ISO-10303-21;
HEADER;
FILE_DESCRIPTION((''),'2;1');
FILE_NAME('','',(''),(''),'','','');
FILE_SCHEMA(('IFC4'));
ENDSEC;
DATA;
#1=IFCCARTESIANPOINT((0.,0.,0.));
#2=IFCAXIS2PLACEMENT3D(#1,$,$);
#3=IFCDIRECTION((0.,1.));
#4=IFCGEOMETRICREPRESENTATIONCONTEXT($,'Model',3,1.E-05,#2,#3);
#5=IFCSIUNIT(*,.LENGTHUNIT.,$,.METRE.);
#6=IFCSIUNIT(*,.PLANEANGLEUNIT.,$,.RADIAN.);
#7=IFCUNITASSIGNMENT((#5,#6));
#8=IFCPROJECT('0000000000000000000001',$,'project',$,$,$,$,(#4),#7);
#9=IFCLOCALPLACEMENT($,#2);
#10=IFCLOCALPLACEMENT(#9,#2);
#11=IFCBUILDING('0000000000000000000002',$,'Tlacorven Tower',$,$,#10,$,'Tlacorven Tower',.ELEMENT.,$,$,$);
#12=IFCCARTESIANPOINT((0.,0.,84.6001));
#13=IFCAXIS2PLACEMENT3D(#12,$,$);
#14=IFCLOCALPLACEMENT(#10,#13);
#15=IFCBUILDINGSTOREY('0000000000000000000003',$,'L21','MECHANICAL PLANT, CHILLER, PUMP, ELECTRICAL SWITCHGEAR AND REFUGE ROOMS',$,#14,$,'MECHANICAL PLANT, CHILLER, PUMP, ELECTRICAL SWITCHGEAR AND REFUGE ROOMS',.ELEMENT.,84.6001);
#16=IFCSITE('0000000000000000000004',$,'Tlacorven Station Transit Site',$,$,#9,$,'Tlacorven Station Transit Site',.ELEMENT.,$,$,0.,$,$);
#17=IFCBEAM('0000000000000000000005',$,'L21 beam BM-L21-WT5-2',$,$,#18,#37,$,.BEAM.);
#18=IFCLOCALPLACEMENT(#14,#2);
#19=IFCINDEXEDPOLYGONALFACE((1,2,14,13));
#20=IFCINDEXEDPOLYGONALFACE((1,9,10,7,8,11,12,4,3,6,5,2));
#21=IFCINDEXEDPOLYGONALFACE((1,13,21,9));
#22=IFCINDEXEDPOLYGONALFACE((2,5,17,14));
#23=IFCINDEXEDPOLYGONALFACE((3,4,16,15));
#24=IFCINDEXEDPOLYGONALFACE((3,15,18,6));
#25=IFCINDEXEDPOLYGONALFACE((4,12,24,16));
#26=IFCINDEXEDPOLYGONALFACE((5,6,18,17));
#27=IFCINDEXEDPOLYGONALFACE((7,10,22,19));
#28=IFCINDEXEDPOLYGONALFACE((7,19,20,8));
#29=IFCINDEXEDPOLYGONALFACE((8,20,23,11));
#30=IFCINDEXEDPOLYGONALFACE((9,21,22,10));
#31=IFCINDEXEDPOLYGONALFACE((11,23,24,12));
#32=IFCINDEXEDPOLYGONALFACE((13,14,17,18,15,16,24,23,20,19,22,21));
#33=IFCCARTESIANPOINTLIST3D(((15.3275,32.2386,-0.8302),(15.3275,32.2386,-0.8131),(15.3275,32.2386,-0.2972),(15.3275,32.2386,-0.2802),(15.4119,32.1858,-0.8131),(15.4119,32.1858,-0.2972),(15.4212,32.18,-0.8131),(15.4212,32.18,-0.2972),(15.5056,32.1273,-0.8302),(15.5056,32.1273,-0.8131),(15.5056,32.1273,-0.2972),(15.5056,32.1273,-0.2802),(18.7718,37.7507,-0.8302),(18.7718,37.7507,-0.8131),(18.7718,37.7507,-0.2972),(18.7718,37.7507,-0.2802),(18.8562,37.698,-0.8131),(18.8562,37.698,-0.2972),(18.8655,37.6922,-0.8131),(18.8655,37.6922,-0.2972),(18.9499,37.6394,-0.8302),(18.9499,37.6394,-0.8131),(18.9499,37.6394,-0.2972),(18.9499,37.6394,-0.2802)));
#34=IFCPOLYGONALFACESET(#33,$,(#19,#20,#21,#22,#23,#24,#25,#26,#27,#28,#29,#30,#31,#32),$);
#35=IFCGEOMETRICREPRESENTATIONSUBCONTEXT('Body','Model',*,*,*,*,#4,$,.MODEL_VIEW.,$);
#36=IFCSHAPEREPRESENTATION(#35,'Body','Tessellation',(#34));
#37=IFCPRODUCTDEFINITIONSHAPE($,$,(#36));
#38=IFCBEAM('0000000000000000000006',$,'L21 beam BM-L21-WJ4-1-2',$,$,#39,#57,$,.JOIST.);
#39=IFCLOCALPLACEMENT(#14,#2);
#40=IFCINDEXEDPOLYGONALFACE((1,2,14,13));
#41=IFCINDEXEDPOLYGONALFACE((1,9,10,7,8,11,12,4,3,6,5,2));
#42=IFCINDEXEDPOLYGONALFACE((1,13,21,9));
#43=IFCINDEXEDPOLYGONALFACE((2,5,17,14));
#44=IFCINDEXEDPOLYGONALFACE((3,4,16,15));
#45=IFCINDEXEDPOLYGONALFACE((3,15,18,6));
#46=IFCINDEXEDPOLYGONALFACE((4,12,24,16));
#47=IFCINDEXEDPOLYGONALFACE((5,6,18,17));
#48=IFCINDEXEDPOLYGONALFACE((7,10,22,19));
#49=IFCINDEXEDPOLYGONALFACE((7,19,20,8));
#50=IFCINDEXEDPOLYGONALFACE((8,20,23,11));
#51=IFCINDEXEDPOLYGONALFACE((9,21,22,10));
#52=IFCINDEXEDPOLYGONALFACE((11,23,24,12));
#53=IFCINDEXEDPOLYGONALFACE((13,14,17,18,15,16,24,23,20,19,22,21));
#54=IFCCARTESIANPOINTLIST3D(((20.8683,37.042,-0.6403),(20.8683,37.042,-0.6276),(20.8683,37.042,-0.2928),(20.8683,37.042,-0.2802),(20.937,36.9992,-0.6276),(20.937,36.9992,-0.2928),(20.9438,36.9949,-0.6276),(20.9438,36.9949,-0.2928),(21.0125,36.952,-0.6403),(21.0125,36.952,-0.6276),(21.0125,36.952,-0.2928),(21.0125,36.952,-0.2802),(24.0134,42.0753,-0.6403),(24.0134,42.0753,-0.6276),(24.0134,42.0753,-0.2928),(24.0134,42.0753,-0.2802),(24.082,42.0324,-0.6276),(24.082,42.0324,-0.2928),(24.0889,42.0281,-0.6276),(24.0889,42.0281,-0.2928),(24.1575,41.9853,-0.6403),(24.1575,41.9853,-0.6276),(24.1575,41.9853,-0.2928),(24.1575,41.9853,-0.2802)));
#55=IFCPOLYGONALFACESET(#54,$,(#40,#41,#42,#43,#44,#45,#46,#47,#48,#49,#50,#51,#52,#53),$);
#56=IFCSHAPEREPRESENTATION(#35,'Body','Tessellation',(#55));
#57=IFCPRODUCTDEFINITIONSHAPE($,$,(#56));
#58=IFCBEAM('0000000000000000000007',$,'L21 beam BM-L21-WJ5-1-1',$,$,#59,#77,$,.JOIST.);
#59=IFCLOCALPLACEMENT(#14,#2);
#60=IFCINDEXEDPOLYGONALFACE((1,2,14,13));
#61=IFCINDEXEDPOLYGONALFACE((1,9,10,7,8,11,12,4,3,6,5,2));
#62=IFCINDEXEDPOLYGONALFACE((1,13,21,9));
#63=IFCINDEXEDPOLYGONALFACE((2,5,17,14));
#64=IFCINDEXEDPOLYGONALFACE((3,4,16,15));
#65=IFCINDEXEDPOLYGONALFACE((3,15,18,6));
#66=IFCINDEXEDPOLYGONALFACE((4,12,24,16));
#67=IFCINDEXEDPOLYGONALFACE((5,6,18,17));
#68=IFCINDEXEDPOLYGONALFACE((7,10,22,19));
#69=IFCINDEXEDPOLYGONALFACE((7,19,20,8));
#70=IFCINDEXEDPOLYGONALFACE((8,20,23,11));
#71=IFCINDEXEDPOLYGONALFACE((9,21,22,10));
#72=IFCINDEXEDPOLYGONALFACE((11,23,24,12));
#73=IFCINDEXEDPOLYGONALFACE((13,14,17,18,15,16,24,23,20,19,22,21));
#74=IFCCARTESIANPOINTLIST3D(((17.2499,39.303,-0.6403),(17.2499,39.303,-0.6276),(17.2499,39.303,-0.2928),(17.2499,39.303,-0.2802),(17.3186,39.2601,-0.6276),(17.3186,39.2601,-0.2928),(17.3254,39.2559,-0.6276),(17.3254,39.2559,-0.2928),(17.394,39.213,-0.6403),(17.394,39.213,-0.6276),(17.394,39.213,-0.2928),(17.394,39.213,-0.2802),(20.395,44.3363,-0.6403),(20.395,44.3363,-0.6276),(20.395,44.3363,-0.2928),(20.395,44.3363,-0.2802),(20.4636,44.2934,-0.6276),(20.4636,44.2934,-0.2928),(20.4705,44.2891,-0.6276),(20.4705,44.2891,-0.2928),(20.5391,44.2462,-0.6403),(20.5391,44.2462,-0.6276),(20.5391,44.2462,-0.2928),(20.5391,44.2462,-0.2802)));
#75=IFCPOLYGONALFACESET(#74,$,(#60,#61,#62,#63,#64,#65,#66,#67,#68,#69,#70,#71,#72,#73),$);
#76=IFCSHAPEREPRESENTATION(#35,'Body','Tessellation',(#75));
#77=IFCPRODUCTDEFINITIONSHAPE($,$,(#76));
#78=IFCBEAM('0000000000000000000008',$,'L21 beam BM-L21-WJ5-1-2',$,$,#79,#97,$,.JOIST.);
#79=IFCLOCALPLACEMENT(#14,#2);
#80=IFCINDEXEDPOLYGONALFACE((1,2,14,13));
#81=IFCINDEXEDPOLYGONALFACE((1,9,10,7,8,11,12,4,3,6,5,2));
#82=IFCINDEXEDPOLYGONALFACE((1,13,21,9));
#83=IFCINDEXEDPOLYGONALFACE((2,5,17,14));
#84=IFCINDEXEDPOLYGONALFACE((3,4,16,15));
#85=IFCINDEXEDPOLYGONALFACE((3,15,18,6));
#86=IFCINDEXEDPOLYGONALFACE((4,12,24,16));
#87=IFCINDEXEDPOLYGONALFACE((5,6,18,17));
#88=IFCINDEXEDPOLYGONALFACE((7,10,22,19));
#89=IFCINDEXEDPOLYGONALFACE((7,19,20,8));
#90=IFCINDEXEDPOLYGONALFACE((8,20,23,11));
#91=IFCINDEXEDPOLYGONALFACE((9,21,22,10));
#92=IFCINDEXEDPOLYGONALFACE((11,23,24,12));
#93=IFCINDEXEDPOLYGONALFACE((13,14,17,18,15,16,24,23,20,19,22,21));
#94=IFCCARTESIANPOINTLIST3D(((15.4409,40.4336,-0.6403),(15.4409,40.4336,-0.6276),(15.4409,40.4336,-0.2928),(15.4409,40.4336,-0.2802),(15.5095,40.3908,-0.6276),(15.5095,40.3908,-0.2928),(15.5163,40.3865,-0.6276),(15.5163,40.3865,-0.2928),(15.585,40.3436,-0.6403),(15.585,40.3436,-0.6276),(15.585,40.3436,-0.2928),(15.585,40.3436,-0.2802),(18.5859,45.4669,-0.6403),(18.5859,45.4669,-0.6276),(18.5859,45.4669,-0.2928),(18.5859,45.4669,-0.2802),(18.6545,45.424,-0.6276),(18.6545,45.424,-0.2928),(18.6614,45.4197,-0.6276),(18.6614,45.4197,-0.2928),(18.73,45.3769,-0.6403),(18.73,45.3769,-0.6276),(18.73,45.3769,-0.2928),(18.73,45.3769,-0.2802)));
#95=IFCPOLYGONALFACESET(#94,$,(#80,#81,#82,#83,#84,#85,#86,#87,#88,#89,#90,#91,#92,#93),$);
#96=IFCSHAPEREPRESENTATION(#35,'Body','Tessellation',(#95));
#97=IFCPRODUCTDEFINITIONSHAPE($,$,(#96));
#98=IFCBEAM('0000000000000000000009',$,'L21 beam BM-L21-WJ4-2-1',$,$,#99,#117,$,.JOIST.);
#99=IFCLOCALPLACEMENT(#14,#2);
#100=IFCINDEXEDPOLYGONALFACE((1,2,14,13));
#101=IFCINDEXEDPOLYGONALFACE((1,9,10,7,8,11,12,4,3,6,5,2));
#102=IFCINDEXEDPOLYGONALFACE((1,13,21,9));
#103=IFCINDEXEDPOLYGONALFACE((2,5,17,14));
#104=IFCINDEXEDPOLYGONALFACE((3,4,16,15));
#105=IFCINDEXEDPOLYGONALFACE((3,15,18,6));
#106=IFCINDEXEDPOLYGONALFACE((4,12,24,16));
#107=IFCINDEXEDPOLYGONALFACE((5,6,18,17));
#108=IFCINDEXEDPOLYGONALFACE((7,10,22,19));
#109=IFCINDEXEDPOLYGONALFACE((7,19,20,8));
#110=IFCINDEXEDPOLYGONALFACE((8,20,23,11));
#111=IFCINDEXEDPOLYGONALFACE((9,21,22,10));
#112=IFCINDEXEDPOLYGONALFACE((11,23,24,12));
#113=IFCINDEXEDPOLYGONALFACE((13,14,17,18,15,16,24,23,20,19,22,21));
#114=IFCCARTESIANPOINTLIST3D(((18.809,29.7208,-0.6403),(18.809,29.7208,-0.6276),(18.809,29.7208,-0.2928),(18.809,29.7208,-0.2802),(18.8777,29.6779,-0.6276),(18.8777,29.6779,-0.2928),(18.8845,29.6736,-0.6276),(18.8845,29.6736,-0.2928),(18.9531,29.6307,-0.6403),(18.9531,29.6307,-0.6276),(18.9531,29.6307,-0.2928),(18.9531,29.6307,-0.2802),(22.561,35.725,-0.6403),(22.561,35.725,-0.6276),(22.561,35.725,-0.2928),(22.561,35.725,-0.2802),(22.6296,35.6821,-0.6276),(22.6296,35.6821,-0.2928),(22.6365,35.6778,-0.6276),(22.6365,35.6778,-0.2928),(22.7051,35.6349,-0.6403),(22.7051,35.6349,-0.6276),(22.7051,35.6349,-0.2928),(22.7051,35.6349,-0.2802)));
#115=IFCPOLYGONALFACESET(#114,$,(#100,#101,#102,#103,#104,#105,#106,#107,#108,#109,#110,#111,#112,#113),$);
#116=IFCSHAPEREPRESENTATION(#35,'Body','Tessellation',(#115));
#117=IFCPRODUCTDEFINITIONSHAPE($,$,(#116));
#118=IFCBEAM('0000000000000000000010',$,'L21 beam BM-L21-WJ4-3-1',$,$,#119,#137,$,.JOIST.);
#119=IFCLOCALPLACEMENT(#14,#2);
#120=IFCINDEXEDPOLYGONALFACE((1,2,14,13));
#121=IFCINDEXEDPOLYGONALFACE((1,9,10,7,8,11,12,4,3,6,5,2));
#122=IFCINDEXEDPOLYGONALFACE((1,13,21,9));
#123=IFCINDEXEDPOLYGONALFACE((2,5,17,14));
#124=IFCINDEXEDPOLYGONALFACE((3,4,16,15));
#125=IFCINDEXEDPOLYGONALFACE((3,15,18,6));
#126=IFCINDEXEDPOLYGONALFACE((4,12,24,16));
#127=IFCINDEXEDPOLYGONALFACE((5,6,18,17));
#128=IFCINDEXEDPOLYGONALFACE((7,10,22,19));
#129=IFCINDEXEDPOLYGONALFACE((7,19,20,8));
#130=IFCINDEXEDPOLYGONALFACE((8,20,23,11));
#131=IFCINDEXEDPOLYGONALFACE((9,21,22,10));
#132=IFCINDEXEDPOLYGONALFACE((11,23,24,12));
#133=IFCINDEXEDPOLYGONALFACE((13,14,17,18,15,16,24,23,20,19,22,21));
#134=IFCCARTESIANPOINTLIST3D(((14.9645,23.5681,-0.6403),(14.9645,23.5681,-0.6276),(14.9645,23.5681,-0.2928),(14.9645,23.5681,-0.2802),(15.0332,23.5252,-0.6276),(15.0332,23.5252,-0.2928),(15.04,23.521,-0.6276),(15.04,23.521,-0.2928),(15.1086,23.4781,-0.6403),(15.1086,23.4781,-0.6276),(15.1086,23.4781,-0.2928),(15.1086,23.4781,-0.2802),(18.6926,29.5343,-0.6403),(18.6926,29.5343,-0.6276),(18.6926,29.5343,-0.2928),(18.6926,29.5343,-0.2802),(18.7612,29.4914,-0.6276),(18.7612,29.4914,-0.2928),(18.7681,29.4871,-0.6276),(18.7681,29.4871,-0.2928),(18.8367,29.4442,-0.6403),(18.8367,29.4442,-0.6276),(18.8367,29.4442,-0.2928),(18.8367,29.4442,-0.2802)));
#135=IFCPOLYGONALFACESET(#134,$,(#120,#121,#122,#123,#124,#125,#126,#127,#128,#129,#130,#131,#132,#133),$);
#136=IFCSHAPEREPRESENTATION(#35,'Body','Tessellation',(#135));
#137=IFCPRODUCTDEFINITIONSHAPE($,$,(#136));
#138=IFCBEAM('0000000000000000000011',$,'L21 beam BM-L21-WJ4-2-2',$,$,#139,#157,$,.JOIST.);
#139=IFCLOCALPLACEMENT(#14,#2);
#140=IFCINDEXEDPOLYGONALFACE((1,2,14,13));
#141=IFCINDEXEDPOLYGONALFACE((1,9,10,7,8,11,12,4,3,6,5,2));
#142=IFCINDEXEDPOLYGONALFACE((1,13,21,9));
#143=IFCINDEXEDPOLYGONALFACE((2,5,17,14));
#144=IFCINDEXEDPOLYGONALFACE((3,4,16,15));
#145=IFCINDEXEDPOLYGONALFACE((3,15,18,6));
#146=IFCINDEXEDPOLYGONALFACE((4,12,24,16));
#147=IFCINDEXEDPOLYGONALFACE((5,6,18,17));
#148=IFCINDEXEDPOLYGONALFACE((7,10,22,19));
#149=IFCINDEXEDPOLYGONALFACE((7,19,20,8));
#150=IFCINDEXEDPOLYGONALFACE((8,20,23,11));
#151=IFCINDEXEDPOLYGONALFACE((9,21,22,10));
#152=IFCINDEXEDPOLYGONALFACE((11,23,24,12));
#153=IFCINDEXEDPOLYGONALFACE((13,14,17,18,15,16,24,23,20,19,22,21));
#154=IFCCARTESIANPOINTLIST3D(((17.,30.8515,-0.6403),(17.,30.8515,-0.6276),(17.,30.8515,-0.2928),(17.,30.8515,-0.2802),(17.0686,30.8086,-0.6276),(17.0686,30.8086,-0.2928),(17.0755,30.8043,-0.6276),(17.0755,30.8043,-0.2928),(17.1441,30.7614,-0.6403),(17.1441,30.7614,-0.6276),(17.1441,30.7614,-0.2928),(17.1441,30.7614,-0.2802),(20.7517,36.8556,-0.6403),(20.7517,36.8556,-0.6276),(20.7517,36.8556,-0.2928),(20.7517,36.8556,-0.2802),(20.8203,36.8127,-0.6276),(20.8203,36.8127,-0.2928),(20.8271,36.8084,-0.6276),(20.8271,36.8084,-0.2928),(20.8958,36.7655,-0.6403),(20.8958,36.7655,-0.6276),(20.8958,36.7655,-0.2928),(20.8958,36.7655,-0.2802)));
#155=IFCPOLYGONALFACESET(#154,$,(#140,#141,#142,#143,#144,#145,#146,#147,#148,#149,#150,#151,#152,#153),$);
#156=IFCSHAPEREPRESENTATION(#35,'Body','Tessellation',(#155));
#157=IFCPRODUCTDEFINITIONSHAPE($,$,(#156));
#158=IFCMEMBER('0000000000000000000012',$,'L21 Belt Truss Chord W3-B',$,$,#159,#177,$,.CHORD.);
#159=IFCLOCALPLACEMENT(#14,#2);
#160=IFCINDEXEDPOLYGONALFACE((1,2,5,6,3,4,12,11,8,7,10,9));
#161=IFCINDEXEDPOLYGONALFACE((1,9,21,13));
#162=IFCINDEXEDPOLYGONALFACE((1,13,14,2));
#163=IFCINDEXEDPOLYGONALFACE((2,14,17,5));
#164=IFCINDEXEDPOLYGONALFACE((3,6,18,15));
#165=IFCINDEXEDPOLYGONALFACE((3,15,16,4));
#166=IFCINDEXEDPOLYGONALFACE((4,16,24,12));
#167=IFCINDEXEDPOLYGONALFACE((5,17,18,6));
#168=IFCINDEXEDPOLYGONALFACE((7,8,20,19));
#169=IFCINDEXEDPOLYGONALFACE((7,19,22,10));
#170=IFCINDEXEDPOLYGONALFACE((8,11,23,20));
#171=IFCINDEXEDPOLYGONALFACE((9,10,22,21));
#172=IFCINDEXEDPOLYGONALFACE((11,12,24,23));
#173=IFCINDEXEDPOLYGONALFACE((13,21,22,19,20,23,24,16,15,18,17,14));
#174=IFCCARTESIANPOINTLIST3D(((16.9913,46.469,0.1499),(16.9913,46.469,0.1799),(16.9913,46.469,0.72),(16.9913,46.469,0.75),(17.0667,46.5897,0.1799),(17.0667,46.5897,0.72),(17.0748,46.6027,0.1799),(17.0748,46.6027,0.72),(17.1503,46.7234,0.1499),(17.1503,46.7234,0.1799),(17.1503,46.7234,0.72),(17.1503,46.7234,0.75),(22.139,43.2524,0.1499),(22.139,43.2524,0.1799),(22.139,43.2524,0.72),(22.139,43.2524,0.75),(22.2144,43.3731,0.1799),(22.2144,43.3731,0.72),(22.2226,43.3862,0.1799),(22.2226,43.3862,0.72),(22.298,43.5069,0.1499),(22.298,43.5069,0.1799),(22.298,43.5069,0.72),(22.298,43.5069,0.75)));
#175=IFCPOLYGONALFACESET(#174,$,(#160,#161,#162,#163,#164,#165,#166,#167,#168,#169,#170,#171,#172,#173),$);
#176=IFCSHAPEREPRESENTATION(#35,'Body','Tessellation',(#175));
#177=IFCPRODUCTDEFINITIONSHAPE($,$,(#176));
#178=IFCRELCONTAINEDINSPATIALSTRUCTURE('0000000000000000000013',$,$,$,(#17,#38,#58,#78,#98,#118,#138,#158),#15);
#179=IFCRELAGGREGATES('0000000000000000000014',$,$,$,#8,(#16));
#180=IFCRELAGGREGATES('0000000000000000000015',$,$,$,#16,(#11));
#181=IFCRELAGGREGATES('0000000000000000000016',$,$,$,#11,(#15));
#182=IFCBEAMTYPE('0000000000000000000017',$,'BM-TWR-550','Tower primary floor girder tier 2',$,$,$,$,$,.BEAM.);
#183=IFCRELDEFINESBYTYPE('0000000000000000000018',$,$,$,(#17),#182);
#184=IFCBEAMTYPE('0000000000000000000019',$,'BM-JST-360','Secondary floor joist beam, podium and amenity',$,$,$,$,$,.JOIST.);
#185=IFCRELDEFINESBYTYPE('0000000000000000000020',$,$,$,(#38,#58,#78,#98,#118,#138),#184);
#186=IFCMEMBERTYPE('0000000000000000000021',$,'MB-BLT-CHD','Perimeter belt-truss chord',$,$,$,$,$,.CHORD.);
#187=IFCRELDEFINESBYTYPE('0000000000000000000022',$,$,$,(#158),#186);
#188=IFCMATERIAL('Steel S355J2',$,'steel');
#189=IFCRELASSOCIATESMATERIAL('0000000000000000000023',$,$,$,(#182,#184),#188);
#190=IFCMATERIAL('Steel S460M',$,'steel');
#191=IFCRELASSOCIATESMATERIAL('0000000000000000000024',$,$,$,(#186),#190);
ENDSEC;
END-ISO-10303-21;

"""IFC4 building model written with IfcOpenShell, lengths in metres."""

from ifc_helpers import new_model, si_unit, direction, frame, origin, origin_2d, place, context, subcontext, project, spatial, i_section, extrude, source, transform, mapped, material, material_profile, profile_set, type_object, element, save


model = new_model("IFC4")

# Units and contexts
model_context = context("Model", 3, precision=1e-05, world=origin(), true_north=direction((0.0, 1.0)))
body_context = subcontext(model_context, "Body", "Model", "MODEL_VIEW")
ifc_project = project(units=[si_unit("LENGTHUNIT", "METRE"), si_unit("PLANEANGLEUNIT", "RADIAN")], contexts=[model_context])

# Site, building, storey
site_placement = place(None, origin())
site = spatial("IfcSite", under=ifc_project, at=site_placement, Name="Tlacorven Station Transit Site", LongName="Tlacorven Station Transit Site", CompositionType="ELEMENT", RefElevation=0.0)
building_placement = place(site_placement, origin())
building = spatial("IfcBuilding", under=site, at=building_placement, Name="Tlacorven Tower", LongName="Tlacorven Tower", CompositionType="ELEMENT")
storey_placement = place(building_placement, frame((0.0, 0.0, 84.6001)))
storey = spatial("IfcBuildingStorey", under=building, at=storey_placement, Name="L21", Description="MECHANICAL PLANT, CHILLER, PUMP, ELECTRICAL SWITCHGEAR AND REFUGE ROOMS", LongName="MECHANICAL PLANT, CHILLER, PUMP, ELECTRICAL SWITCHGEAR AND REFUGE ROOMS", CompositionType="ELEMENT", Elevation=84.6001)

# Shared definitions
ifc_material_1 = material(Name="Steel S460M", Category="steel")

# Beams
ifc_material_2 = material(Name="Steel S355J2", Category="steel")
ifc_material_profile_1 = material_profile(ifc_material_2, i_section(OverallWidth=0.21, OverallDepth=0.55, WebThickness=0.011, FlangeThickness=0.0171, at=origin_2d()), Name="IPE 550")
ifc_profile_set_1 = profile_set([ifc_material_profile_1], Name="Steel S355J2")
beam_type_1 = type_object("IfcBeamType", Name="BM-TWR-550", Description="Tower primary floor girder tier 2", PredefinedType="BEAM", material=ifc_profile_set_1)
shared_shape_1 = source(origin(), body_context, "Body", "SweptSolid", [
    extrude(i_section(OverallWidth=0.21, OverallDepth=0.55, WebThickness=0.011, FlangeThickness=0.0171, at=origin_2d()), origin(), (0.0, 0.0, 1.0), 6.4998),
])
beam_1_placement = place(storey_placement, frame((18.8608, 37.6951, -0.5552), z_axis=(-0.529911, -0.848053, 0.0), x_axis=(0.848053, -0.529911, 0.0)))
element("IfcBeam", 1, at=beam_1_placement, inside=storey, type_object=beam_type_1, Name="L21 beam BM-L21-WT5-2", PredefinedType="BEAM", context=body_context, shape_type="MappedRepresentation", body=[
    mapped(shared_shape_1, transform((0.0, 0.0, 0.0), scale=1.0)),
])
ifc_material_profile_2 = material_profile(ifc_material_2, i_section(OverallWidth=0.1699, OverallDepth=0.3601, WebThickness=0.0081, FlangeThickness=0.0127, at=origin_2d()), Name="IPE 360")
ifc_profile_set_2 = profile_set([ifc_material_profile_2], Name="Steel S355J2")
beam_type_2 = type_object("IfcBeamType", Name="BM-JST-360", Description="Secondary floor joist beam, podium and amenity", PredefinedType="JOIST", material=ifc_profile_set_2)
shared_shape_2 = source(origin(), body_context, "Body", "SweptSolid", [
    extrude(i_section(OverallWidth=0.1699, OverallDepth=0.3601, WebThickness=0.0081, FlangeThickness=0.0127, at=origin_2d()), origin(), (0.0, 0.0, 1.0), 5.9351),
])
for number, where, z_axis, x_axis, name in (
    (2, (24.0854, 42.0303, -0.4602), (-0.52991, -0.848054, 0.0), (0.848054, -0.52991, 0.0), "L21 beam BM-L21-WJ4-1-2"),
    (3, (20.467, 44.2913, -0.4602), (-0.52991, -0.848054, 0.0), (0.848054, -0.52991, 0.0), "L21 beam BM-L21-WJ5-1-1"),
    (4, (18.658, 45.4219, -0.4602), (-0.52991, -0.848054, 0.0), (0.848054, -0.52991, 0.0), "L21 beam BM-L21-WJ5-1-2"),
):
    element("IfcBeam", number, at=place(storey_placement, frame(where, z_axis=z_axis, x_axis=x_axis)), inside=storey, type_object=beam_type_2, Name=name, PredefinedType="JOIST", context=body_context, shape_type="MappedRepresentation", body=[
        mapped(shared_shape_2, transform((0.0, 0.0, 0.0), scale=1.0)),
    ])
shared_shape_3 = source(origin(), body_context, "Body", "SweptSolid", [
    extrude(i_section(OverallWidth=0.1699, OverallDepth=0.3601, WebThickness=0.0081, FlangeThickness=0.0127, at=origin_2d()), origin(), (0.0, 0.0, 1.0), 7.0801),
])
beam_2_placement = place(storey_placement, frame((22.6331, 35.6799, -0.4602), z_axis=(-0.529934, -0.848039, 0.0), x_axis=(0.848039, -0.529934, 0.0)))
element("IfcBeam", 5, at=beam_2_placement, inside=storey, type_object=beam_type_2, Name="L21 beam BM-L21-WJ4-2-1", PredefinedType="JOIST", context=body_context, shape_type="MappedRepresentation", body=[
    mapped(shared_shape_3, transform((0.0, 0.0, 0.0), scale=1.0)),
])
shared_shape_4 = source(origin(), body_context, "Body", "SweptSolid", [
    extrude(i_section(OverallWidth=0.1699, OverallDepth=0.3601, WebThickness=0.0081, FlangeThickness=0.0127, at=origin_2d()), origin(), (0.0, 0.0, 1.0), 7.0352),
])
beam_3_placement = place(storey_placement, frame((18.7646, 29.4893, -0.4602), z_axis=(-0.529921, -0.848047, 0.0), x_axis=(0.848047, -0.529921, 0.0)))
element("IfcBeam", 6, at=beam_3_placement, inside=storey, type_object=beam_type_2, Name="L21 beam BM-L21-WJ4-3-1", PredefinedType="JOIST", context=body_context, shape_type="MappedRepresentation", body=[
    mapped(shared_shape_4, transform((0.0, 0.0, 0.0), scale=1.0)),
])
shared_shape_5 = source(origin(), body_context, "Body", "SweptSolid", [
    extrude(i_section(OverallWidth=0.1699, OverallDepth=0.3601, WebThickness=0.0081, FlangeThickness=0.0127, at=origin_2d()), origin(), (0.0, 0.0, 1.0), 7.0798),
])
beam_4_placement = place(storey_placement, frame((20.8237, 36.8105, -0.4602), z_axis=(-0.529909, -0.848054, 0.0), x_axis=(0.848054, -0.529909, 0.0)))
element("IfcBeam", 7, at=beam_4_placement, inside=storey, type_object=beam_type_2, Name="L21 beam BM-L21-WJ4-2-2", PredefinedType="JOIST", context=body_context, shape_type="MappedRepresentation", body=[
    mapped(shared_shape_5, transform((0.0, 0.0, 0.0), scale=1.0)),
])

# Member
ifc_material_profile_3 = material_profile(ifc_material_1, i_section(OverallWidth=0.3, OverallDepth=0.6001, WebThickness=0.0154, FlangeThickness=0.03, at=origin_2d()), Name="HEB 600")
ifc_profile_set_3 = profile_set([ifc_material_profile_3], Name="Steel S460M")
member_type_1 = type_object("IfcMemberType", Name="MB-BLT-CHD", Description="Perimeter belt-truss chord", PredefinedType="CHORD", material=ifc_profile_set_3)
shared_shape_6 = source(origin(), body_context, "Body", "SweptSolid", [
    extrude(i_section(OverallWidth=0.3, OverallDepth=0.6001, WebThickness=0.0154, FlangeThickness=0.03, at=origin_2d()), origin(), (0.0, 0.0, 1.0), 6.0701),
])
for number, where, z_axis, x_axis, name in (
    (8, (22.2185, 43.3796, 0.45), (-0.848055, 0.529909, 0.0), (-0.529909, -0.848055, 0.0), "L21 Belt Truss Chord W3-B"),
):
    element("IfcMember", number, at=place(storey_placement, frame(where, z_axis=z_axis, x_axis=x_axis)), inside=storey, type_object=member_type_1, Name=name, PredefinedType="CHORD", context=body_context, shape_type="MappedRepresentation", body=[
        mapped(shared_shape_6, transform((0.0, 0.0, 0.0), scale=1.0)),
    ])

save(model, "model.ifc")
